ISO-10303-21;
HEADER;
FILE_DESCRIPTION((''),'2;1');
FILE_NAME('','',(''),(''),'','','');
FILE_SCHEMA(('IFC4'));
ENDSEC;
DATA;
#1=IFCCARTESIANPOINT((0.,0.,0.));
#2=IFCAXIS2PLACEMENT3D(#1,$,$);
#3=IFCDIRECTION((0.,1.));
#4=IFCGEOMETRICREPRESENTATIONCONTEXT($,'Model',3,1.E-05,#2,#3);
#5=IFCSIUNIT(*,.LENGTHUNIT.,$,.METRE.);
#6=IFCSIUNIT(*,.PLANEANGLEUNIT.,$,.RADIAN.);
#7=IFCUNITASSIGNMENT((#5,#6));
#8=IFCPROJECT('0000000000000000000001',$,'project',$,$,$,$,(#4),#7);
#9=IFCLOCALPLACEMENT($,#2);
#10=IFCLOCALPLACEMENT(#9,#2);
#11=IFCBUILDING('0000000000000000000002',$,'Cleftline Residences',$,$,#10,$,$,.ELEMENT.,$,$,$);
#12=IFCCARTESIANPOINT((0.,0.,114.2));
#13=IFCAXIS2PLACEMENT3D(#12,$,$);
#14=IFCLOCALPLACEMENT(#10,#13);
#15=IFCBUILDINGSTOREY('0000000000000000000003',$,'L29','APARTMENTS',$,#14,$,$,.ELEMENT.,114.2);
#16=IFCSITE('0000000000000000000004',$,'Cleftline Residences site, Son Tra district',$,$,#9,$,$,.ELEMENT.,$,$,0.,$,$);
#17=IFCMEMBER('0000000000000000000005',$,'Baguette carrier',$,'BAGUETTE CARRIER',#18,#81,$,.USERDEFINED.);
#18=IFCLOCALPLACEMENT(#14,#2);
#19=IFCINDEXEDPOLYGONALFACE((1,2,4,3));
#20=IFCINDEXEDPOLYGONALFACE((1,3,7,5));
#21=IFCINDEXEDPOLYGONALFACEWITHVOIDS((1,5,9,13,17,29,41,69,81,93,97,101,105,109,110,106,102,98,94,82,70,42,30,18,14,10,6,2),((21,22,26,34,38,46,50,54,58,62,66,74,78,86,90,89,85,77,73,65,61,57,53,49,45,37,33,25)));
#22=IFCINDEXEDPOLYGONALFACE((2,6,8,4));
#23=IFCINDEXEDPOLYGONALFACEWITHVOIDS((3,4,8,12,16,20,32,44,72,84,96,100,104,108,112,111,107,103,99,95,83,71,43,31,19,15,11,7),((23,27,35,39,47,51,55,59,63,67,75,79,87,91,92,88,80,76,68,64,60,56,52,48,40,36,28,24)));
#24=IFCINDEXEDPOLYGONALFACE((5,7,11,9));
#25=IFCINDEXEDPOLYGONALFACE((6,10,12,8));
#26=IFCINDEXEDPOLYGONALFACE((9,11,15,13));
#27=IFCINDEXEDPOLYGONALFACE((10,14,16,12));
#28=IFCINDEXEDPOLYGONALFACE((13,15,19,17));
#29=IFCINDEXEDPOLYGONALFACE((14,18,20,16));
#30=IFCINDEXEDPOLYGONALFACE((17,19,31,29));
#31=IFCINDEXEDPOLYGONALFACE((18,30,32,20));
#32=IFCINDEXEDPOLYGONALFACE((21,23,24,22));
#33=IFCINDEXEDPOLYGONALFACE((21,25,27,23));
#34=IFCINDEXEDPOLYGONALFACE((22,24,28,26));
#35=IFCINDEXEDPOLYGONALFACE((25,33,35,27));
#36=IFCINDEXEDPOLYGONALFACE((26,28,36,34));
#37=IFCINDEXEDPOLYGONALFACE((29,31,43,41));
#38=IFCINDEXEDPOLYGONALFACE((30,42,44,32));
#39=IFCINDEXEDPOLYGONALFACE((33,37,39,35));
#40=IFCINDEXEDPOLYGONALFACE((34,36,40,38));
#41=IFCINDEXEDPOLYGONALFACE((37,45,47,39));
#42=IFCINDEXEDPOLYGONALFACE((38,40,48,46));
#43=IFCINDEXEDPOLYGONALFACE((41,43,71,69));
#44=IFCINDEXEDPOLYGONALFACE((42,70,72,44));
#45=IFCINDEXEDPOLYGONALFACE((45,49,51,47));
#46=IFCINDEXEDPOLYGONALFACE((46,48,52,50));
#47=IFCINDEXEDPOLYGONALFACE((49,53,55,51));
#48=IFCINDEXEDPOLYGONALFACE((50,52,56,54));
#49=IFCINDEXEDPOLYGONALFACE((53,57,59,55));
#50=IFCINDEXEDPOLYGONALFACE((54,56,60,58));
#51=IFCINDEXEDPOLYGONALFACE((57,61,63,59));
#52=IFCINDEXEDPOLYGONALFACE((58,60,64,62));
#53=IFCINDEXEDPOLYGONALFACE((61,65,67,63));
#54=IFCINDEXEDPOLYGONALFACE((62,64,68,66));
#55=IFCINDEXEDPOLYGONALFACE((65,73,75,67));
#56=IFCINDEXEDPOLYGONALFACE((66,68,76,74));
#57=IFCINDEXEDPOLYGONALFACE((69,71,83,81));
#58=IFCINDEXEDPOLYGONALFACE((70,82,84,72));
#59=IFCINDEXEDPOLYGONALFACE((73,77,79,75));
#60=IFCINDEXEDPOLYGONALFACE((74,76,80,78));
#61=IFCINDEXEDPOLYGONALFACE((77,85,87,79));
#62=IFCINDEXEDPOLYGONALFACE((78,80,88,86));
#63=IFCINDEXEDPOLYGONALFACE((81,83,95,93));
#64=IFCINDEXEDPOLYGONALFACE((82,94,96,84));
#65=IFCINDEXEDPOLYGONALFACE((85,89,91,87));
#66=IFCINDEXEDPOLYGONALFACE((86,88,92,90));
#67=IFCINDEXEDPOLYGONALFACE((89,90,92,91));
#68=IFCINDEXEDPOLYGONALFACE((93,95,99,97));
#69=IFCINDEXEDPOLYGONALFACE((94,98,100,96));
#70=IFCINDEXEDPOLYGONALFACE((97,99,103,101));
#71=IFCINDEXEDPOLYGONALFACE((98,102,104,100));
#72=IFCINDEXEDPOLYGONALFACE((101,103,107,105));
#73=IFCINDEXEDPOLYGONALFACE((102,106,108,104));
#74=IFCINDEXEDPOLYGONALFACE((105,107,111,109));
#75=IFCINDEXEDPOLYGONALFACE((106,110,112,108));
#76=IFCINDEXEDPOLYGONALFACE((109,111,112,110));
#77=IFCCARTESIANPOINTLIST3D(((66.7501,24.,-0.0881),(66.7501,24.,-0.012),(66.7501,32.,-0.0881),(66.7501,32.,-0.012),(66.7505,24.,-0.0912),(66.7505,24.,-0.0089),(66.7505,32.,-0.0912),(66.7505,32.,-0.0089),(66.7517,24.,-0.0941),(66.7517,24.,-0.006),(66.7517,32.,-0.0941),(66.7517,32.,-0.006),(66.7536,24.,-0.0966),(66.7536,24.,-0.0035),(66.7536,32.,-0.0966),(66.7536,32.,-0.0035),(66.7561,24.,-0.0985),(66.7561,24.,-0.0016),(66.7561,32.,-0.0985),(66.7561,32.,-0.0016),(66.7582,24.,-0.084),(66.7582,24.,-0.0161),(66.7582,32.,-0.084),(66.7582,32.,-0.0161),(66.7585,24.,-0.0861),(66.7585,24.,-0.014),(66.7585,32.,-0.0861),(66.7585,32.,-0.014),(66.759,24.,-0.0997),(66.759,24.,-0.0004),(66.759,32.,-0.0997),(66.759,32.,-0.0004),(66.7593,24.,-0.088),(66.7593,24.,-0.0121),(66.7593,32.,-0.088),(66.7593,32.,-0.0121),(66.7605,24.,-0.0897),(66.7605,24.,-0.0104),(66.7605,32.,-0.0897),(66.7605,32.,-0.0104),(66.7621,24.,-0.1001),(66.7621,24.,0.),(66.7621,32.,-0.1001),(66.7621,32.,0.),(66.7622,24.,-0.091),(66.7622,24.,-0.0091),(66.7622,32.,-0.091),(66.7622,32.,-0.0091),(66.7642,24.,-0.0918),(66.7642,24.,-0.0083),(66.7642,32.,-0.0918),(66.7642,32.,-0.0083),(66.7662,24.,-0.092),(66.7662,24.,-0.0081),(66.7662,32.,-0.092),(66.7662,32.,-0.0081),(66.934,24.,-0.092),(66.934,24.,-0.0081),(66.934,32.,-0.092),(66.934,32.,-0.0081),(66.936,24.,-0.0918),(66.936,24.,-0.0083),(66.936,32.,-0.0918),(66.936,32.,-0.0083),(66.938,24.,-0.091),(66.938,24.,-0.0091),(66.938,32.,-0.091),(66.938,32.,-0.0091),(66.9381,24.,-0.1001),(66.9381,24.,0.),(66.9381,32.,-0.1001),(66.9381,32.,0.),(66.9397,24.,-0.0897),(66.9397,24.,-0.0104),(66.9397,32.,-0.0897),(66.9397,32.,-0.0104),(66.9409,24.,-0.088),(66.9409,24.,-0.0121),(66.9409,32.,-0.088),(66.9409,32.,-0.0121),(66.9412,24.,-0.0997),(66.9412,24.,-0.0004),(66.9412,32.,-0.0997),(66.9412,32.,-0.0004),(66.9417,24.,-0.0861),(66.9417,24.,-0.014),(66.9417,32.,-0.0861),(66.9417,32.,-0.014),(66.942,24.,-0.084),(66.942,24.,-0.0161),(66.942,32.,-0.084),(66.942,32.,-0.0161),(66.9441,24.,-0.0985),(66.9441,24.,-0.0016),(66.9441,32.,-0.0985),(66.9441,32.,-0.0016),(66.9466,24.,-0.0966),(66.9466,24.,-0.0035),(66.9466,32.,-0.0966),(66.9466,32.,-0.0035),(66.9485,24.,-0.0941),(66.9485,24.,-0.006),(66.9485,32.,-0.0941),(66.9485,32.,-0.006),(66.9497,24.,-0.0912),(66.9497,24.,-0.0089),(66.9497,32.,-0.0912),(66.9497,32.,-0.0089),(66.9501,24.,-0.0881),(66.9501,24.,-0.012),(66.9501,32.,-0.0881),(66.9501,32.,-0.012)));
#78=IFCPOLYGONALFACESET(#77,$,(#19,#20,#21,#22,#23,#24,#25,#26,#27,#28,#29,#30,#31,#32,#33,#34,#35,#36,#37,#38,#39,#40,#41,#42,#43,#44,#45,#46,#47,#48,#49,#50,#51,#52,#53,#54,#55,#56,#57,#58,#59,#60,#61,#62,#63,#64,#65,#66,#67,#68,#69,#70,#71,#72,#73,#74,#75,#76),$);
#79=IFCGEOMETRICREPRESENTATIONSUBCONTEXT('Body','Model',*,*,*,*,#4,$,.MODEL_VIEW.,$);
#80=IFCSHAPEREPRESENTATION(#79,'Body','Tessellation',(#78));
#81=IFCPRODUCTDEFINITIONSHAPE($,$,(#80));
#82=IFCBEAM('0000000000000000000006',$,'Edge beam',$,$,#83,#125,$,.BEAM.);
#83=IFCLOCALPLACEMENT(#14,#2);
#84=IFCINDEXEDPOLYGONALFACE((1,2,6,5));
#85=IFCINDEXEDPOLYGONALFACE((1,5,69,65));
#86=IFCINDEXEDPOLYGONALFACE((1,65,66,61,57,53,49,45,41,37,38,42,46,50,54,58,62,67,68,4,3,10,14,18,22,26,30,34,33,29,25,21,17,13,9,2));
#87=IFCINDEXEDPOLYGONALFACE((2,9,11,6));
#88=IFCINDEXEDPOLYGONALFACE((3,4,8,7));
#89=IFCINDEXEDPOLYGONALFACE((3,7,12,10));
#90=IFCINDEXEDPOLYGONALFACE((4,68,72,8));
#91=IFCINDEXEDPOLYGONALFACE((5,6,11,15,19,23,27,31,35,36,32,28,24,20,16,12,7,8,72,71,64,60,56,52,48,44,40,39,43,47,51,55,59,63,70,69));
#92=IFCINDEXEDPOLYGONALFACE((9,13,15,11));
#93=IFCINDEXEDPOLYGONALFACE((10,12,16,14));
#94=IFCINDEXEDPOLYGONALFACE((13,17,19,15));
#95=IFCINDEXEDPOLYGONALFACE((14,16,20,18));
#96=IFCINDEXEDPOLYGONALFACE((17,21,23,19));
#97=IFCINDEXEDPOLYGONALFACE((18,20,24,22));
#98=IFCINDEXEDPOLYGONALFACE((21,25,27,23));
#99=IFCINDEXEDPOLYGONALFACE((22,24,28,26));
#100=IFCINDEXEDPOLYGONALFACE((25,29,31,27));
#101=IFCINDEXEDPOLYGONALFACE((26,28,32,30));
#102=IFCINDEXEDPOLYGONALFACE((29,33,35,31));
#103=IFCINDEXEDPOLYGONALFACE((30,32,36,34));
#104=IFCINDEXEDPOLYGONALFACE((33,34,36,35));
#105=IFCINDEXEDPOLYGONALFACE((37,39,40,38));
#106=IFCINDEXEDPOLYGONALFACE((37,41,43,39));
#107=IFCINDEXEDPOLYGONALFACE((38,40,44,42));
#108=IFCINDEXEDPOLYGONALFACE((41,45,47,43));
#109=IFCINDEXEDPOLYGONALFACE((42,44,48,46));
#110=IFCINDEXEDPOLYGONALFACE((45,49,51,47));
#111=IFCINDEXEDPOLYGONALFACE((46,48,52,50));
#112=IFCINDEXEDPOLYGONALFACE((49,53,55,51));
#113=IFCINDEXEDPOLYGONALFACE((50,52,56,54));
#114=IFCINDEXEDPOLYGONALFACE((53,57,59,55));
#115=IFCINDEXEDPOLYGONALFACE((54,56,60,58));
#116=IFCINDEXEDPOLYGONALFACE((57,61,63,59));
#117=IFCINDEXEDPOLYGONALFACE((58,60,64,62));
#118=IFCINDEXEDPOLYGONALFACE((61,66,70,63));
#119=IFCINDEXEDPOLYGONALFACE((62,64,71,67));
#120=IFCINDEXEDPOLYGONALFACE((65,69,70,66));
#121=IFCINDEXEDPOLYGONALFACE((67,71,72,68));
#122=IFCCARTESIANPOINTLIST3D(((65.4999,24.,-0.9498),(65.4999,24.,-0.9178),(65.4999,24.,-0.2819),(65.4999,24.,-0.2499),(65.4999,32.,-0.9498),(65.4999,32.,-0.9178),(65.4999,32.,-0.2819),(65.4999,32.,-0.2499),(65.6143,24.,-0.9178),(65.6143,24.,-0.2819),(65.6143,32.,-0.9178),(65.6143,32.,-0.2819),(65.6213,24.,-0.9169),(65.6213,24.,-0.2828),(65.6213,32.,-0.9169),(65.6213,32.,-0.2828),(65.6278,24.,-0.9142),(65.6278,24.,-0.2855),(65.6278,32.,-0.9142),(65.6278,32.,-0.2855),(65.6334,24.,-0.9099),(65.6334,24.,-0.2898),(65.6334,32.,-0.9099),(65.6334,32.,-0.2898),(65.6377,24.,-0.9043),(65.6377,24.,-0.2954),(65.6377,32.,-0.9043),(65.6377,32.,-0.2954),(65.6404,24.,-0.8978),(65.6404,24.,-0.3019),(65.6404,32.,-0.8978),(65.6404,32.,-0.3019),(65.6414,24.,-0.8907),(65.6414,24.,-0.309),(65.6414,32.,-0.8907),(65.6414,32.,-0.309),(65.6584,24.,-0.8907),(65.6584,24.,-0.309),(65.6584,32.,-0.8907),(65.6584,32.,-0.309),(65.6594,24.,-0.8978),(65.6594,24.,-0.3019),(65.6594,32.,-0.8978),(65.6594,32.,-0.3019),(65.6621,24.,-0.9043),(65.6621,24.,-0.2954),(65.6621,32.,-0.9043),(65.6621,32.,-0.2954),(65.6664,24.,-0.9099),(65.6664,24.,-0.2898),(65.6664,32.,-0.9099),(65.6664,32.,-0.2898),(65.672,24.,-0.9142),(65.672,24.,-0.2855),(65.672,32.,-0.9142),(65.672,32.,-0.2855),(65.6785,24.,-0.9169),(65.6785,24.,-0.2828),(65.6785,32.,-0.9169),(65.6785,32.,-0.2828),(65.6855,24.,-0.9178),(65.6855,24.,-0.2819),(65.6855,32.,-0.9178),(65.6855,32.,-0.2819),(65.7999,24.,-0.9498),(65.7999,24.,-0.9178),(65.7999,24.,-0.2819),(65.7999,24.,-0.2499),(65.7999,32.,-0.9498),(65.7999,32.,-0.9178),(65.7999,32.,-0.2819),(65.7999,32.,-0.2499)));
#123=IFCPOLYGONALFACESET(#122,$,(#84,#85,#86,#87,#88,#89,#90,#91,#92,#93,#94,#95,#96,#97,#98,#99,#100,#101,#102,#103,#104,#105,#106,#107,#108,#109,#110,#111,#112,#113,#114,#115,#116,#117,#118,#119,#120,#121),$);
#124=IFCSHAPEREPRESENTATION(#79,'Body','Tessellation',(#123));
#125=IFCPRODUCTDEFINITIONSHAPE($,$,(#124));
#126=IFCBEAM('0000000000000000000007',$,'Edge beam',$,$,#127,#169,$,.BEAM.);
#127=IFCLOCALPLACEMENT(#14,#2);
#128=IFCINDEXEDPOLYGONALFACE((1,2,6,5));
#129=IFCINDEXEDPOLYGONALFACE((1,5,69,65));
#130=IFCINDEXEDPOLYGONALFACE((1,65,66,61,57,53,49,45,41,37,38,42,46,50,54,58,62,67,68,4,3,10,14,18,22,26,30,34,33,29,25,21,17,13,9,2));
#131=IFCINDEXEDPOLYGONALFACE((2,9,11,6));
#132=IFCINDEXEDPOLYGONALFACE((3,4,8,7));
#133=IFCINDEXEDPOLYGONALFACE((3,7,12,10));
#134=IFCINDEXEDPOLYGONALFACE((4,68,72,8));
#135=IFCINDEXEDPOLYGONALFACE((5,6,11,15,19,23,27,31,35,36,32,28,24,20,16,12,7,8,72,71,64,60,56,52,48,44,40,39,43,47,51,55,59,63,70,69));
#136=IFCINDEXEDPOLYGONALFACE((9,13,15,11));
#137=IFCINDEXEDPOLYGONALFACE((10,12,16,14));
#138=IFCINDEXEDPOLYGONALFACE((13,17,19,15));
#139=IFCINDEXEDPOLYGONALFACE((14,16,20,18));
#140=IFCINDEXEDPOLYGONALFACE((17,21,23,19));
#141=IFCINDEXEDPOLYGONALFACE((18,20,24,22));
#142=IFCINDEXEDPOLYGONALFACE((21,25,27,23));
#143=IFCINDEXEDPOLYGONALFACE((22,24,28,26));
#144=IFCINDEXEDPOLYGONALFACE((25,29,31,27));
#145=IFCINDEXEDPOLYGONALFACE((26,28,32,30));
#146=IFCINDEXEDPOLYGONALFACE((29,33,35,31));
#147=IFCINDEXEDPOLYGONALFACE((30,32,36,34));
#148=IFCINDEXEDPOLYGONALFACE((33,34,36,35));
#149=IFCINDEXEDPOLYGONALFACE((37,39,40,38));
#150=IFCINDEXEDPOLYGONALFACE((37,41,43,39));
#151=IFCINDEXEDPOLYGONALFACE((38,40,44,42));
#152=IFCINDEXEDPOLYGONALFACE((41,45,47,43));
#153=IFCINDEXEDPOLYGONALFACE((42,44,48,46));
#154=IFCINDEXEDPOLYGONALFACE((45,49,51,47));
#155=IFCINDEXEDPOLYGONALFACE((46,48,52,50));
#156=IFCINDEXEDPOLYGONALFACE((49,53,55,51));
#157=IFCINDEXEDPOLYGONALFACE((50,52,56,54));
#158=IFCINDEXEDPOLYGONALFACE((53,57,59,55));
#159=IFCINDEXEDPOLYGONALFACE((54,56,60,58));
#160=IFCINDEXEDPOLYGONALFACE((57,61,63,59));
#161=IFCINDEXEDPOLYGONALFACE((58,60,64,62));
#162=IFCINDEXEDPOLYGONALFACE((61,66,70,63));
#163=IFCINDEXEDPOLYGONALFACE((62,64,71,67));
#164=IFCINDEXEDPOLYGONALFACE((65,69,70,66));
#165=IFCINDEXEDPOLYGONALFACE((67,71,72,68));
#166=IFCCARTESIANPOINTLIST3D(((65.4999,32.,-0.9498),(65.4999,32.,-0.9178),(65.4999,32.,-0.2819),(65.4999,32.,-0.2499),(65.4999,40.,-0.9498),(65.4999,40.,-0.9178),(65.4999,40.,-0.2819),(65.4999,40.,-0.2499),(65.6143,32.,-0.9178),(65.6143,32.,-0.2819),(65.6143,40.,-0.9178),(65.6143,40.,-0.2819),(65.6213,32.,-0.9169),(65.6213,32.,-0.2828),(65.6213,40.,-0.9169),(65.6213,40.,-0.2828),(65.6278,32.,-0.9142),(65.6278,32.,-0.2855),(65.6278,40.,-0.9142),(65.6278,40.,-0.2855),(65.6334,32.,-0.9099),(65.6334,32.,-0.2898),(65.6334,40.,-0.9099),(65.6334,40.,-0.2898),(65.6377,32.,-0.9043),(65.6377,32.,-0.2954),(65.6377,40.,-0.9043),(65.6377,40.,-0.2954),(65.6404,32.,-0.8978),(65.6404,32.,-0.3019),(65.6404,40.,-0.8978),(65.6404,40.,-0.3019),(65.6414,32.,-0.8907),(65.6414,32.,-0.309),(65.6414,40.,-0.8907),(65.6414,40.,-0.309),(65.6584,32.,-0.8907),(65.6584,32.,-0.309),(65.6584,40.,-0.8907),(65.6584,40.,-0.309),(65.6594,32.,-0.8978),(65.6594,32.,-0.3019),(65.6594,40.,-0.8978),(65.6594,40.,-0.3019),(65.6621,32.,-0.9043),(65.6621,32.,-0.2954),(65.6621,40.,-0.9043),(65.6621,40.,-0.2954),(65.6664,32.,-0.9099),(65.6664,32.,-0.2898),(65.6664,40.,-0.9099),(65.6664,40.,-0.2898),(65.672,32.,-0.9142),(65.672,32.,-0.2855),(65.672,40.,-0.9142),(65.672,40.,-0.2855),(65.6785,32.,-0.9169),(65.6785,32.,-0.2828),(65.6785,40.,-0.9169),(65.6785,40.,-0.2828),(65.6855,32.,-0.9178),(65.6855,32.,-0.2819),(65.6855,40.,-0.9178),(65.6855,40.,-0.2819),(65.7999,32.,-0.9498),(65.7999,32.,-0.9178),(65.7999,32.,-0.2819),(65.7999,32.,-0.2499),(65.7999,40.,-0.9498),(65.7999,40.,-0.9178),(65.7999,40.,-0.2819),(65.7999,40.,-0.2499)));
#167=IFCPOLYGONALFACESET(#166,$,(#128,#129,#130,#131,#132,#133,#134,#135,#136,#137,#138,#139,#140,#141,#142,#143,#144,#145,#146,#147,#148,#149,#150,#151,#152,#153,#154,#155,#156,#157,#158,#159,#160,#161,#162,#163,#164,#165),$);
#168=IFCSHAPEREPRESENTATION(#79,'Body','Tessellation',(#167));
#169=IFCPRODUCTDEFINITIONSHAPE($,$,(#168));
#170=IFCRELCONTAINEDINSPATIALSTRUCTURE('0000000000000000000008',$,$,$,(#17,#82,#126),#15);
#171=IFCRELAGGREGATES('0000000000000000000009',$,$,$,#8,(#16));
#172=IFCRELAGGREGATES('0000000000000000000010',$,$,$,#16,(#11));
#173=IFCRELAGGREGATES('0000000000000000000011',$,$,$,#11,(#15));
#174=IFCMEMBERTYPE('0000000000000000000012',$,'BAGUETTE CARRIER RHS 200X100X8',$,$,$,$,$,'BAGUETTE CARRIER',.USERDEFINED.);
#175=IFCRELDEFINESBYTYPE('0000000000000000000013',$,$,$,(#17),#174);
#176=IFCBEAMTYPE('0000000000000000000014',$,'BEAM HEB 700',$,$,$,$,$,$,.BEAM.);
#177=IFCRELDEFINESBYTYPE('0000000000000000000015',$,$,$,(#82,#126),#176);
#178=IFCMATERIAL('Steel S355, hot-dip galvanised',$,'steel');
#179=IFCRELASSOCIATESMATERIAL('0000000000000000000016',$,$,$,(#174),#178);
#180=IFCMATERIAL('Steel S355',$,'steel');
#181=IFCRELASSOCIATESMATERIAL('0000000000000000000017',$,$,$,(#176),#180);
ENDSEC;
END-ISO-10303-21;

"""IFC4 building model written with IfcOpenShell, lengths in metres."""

from ifc_helpers import new_model, si_unit, direction, frame, origin, origin_2d, place, context, subcontext, project, spatial, hollow_rectangle, i_section, extrude, material, material_profile, profile_set, type_object, element, save


model = new_model("IFC4")

# Units and contexts
model_context = context("Model", 3, precision=1e-05, world=origin(), true_north=direction((0.0, 1.0)))
body_context = subcontext(model_context, "Body", "Model", "MODEL_VIEW")
ifc_project = project(units=[si_unit("LENGTHUNIT", "METRE"), si_unit("PLANEANGLEUNIT", "RADIAN")], contexts=[model_context])

# Site, building, storey
site_placement = place(None, origin())
site = spatial("IfcSite", under=ifc_project, at=site_placement, Name="Cleftline Residences site, Son Tra district", CompositionType="ELEMENT", RefElevation=0.0)
building_placement = place(site_placement, origin())
building = spatial("IfcBuilding", under=site, at=building_placement, Name="Cleftline Residences", CompositionType="ELEMENT")
storey_placement = place(building_placement, frame((0.0, 0.0, 114.2)))
storey = spatial("IfcBuildingStorey", under=building, at=storey_placement, Name="L29", Description="APARTMENTS", CompositionType="ELEMENT", Elevation=114.2)

# Member
ifc_material_1 = material(Name="Steel S355, hot-dip galvanised", Category="steel")
ifc_material_profile_1 = material_profile(ifc_material_1, hollow_rectangle(XDim=0.1001, YDim=0.2, WallThickness=0.0081, InnerFilletRadius=0.0081, OuterFilletRadius=0.012, at=origin_2d()))
ifc_profile_set_1 = profile_set([ifc_material_profile_1], Name="Steel S355, hot-dip galvanised")
member_type_1 = type_object("IfcMemberType", Name="BAGUETTE CARRIER RHS 200X100X8", ElementType="BAGUETTE CARRIER", PredefinedType="USERDEFINED", material=ifc_profile_set_1)
member_placement = place(storey_placement, frame((66.8501, 24.0, -0.05), z_axis=(0.0, 1.0, 0.0), x_axis=(0.0, 0.0, 1.0)))
element("IfcMember", 1, at=member_placement, inside=storey, type_object=member_type_1, Name="Baguette carrier", ObjectType="BAGUETTE CARRIER", PredefinedType="USERDEFINED", context=body_context, shape_type="SweptSolid", body=[
    extrude(hollow_rectangle(XDim=0.1001, YDim=0.2, WallThickness=0.0081, InnerFilletRadius=0.0081, OuterFilletRadius=0.012, at=origin_2d()), origin(), (0.0, 0.0, 1.0), 8.0),
])

# Beams
ifc_material_2 = material(Name="Steel S355", Category="steel")
ifc_material_profile_2 = material_profile(ifc_material_2, i_section(OverallWidth=0.3, OverallDepth=0.7, WebThickness=0.0171, FlangeThickness=0.032, FilletRadius=0.0271, at=origin_2d()))
ifc_profile_set_2 = profile_set([ifc_material_profile_2], Name="Steel S355")
beam_type_1 = type_object("IfcBeamType", Name="BEAM HEB 700", PredefinedType="BEAM", material=ifc_profile_set_2)
for number, where, z_axis, x_axis, name in (
    (2, (65.6499, 24.0, -0.5999), (0.0, 1.0, 0.0), (-1.0, 0.0, 0.0), "Edge beam"),
    (3, (65.6499, 32.0, -0.5999), (0.0, 1.0, 0.0), (-1.0, 0.0, 0.0), "Edge beam"),
):
    element("IfcBeam", number, at=place(storey_placement, frame(where, z_axis=z_axis, x_axis=x_axis)), inside=storey, type_object=beam_type_1, Name=name, PredefinedType="BEAM", context=body_context, shape_type="SweptSolid", body=[
        extrude(i_section(OverallWidth=0.3, OverallDepth=0.7, WebThickness=0.0171, FlangeThickness=0.032, FilletRadius=0.0271, at=origin_2d()), origin(), (0.0, 0.0, 1.0), 8.0),
    ])

save(model, "model.ifc")
